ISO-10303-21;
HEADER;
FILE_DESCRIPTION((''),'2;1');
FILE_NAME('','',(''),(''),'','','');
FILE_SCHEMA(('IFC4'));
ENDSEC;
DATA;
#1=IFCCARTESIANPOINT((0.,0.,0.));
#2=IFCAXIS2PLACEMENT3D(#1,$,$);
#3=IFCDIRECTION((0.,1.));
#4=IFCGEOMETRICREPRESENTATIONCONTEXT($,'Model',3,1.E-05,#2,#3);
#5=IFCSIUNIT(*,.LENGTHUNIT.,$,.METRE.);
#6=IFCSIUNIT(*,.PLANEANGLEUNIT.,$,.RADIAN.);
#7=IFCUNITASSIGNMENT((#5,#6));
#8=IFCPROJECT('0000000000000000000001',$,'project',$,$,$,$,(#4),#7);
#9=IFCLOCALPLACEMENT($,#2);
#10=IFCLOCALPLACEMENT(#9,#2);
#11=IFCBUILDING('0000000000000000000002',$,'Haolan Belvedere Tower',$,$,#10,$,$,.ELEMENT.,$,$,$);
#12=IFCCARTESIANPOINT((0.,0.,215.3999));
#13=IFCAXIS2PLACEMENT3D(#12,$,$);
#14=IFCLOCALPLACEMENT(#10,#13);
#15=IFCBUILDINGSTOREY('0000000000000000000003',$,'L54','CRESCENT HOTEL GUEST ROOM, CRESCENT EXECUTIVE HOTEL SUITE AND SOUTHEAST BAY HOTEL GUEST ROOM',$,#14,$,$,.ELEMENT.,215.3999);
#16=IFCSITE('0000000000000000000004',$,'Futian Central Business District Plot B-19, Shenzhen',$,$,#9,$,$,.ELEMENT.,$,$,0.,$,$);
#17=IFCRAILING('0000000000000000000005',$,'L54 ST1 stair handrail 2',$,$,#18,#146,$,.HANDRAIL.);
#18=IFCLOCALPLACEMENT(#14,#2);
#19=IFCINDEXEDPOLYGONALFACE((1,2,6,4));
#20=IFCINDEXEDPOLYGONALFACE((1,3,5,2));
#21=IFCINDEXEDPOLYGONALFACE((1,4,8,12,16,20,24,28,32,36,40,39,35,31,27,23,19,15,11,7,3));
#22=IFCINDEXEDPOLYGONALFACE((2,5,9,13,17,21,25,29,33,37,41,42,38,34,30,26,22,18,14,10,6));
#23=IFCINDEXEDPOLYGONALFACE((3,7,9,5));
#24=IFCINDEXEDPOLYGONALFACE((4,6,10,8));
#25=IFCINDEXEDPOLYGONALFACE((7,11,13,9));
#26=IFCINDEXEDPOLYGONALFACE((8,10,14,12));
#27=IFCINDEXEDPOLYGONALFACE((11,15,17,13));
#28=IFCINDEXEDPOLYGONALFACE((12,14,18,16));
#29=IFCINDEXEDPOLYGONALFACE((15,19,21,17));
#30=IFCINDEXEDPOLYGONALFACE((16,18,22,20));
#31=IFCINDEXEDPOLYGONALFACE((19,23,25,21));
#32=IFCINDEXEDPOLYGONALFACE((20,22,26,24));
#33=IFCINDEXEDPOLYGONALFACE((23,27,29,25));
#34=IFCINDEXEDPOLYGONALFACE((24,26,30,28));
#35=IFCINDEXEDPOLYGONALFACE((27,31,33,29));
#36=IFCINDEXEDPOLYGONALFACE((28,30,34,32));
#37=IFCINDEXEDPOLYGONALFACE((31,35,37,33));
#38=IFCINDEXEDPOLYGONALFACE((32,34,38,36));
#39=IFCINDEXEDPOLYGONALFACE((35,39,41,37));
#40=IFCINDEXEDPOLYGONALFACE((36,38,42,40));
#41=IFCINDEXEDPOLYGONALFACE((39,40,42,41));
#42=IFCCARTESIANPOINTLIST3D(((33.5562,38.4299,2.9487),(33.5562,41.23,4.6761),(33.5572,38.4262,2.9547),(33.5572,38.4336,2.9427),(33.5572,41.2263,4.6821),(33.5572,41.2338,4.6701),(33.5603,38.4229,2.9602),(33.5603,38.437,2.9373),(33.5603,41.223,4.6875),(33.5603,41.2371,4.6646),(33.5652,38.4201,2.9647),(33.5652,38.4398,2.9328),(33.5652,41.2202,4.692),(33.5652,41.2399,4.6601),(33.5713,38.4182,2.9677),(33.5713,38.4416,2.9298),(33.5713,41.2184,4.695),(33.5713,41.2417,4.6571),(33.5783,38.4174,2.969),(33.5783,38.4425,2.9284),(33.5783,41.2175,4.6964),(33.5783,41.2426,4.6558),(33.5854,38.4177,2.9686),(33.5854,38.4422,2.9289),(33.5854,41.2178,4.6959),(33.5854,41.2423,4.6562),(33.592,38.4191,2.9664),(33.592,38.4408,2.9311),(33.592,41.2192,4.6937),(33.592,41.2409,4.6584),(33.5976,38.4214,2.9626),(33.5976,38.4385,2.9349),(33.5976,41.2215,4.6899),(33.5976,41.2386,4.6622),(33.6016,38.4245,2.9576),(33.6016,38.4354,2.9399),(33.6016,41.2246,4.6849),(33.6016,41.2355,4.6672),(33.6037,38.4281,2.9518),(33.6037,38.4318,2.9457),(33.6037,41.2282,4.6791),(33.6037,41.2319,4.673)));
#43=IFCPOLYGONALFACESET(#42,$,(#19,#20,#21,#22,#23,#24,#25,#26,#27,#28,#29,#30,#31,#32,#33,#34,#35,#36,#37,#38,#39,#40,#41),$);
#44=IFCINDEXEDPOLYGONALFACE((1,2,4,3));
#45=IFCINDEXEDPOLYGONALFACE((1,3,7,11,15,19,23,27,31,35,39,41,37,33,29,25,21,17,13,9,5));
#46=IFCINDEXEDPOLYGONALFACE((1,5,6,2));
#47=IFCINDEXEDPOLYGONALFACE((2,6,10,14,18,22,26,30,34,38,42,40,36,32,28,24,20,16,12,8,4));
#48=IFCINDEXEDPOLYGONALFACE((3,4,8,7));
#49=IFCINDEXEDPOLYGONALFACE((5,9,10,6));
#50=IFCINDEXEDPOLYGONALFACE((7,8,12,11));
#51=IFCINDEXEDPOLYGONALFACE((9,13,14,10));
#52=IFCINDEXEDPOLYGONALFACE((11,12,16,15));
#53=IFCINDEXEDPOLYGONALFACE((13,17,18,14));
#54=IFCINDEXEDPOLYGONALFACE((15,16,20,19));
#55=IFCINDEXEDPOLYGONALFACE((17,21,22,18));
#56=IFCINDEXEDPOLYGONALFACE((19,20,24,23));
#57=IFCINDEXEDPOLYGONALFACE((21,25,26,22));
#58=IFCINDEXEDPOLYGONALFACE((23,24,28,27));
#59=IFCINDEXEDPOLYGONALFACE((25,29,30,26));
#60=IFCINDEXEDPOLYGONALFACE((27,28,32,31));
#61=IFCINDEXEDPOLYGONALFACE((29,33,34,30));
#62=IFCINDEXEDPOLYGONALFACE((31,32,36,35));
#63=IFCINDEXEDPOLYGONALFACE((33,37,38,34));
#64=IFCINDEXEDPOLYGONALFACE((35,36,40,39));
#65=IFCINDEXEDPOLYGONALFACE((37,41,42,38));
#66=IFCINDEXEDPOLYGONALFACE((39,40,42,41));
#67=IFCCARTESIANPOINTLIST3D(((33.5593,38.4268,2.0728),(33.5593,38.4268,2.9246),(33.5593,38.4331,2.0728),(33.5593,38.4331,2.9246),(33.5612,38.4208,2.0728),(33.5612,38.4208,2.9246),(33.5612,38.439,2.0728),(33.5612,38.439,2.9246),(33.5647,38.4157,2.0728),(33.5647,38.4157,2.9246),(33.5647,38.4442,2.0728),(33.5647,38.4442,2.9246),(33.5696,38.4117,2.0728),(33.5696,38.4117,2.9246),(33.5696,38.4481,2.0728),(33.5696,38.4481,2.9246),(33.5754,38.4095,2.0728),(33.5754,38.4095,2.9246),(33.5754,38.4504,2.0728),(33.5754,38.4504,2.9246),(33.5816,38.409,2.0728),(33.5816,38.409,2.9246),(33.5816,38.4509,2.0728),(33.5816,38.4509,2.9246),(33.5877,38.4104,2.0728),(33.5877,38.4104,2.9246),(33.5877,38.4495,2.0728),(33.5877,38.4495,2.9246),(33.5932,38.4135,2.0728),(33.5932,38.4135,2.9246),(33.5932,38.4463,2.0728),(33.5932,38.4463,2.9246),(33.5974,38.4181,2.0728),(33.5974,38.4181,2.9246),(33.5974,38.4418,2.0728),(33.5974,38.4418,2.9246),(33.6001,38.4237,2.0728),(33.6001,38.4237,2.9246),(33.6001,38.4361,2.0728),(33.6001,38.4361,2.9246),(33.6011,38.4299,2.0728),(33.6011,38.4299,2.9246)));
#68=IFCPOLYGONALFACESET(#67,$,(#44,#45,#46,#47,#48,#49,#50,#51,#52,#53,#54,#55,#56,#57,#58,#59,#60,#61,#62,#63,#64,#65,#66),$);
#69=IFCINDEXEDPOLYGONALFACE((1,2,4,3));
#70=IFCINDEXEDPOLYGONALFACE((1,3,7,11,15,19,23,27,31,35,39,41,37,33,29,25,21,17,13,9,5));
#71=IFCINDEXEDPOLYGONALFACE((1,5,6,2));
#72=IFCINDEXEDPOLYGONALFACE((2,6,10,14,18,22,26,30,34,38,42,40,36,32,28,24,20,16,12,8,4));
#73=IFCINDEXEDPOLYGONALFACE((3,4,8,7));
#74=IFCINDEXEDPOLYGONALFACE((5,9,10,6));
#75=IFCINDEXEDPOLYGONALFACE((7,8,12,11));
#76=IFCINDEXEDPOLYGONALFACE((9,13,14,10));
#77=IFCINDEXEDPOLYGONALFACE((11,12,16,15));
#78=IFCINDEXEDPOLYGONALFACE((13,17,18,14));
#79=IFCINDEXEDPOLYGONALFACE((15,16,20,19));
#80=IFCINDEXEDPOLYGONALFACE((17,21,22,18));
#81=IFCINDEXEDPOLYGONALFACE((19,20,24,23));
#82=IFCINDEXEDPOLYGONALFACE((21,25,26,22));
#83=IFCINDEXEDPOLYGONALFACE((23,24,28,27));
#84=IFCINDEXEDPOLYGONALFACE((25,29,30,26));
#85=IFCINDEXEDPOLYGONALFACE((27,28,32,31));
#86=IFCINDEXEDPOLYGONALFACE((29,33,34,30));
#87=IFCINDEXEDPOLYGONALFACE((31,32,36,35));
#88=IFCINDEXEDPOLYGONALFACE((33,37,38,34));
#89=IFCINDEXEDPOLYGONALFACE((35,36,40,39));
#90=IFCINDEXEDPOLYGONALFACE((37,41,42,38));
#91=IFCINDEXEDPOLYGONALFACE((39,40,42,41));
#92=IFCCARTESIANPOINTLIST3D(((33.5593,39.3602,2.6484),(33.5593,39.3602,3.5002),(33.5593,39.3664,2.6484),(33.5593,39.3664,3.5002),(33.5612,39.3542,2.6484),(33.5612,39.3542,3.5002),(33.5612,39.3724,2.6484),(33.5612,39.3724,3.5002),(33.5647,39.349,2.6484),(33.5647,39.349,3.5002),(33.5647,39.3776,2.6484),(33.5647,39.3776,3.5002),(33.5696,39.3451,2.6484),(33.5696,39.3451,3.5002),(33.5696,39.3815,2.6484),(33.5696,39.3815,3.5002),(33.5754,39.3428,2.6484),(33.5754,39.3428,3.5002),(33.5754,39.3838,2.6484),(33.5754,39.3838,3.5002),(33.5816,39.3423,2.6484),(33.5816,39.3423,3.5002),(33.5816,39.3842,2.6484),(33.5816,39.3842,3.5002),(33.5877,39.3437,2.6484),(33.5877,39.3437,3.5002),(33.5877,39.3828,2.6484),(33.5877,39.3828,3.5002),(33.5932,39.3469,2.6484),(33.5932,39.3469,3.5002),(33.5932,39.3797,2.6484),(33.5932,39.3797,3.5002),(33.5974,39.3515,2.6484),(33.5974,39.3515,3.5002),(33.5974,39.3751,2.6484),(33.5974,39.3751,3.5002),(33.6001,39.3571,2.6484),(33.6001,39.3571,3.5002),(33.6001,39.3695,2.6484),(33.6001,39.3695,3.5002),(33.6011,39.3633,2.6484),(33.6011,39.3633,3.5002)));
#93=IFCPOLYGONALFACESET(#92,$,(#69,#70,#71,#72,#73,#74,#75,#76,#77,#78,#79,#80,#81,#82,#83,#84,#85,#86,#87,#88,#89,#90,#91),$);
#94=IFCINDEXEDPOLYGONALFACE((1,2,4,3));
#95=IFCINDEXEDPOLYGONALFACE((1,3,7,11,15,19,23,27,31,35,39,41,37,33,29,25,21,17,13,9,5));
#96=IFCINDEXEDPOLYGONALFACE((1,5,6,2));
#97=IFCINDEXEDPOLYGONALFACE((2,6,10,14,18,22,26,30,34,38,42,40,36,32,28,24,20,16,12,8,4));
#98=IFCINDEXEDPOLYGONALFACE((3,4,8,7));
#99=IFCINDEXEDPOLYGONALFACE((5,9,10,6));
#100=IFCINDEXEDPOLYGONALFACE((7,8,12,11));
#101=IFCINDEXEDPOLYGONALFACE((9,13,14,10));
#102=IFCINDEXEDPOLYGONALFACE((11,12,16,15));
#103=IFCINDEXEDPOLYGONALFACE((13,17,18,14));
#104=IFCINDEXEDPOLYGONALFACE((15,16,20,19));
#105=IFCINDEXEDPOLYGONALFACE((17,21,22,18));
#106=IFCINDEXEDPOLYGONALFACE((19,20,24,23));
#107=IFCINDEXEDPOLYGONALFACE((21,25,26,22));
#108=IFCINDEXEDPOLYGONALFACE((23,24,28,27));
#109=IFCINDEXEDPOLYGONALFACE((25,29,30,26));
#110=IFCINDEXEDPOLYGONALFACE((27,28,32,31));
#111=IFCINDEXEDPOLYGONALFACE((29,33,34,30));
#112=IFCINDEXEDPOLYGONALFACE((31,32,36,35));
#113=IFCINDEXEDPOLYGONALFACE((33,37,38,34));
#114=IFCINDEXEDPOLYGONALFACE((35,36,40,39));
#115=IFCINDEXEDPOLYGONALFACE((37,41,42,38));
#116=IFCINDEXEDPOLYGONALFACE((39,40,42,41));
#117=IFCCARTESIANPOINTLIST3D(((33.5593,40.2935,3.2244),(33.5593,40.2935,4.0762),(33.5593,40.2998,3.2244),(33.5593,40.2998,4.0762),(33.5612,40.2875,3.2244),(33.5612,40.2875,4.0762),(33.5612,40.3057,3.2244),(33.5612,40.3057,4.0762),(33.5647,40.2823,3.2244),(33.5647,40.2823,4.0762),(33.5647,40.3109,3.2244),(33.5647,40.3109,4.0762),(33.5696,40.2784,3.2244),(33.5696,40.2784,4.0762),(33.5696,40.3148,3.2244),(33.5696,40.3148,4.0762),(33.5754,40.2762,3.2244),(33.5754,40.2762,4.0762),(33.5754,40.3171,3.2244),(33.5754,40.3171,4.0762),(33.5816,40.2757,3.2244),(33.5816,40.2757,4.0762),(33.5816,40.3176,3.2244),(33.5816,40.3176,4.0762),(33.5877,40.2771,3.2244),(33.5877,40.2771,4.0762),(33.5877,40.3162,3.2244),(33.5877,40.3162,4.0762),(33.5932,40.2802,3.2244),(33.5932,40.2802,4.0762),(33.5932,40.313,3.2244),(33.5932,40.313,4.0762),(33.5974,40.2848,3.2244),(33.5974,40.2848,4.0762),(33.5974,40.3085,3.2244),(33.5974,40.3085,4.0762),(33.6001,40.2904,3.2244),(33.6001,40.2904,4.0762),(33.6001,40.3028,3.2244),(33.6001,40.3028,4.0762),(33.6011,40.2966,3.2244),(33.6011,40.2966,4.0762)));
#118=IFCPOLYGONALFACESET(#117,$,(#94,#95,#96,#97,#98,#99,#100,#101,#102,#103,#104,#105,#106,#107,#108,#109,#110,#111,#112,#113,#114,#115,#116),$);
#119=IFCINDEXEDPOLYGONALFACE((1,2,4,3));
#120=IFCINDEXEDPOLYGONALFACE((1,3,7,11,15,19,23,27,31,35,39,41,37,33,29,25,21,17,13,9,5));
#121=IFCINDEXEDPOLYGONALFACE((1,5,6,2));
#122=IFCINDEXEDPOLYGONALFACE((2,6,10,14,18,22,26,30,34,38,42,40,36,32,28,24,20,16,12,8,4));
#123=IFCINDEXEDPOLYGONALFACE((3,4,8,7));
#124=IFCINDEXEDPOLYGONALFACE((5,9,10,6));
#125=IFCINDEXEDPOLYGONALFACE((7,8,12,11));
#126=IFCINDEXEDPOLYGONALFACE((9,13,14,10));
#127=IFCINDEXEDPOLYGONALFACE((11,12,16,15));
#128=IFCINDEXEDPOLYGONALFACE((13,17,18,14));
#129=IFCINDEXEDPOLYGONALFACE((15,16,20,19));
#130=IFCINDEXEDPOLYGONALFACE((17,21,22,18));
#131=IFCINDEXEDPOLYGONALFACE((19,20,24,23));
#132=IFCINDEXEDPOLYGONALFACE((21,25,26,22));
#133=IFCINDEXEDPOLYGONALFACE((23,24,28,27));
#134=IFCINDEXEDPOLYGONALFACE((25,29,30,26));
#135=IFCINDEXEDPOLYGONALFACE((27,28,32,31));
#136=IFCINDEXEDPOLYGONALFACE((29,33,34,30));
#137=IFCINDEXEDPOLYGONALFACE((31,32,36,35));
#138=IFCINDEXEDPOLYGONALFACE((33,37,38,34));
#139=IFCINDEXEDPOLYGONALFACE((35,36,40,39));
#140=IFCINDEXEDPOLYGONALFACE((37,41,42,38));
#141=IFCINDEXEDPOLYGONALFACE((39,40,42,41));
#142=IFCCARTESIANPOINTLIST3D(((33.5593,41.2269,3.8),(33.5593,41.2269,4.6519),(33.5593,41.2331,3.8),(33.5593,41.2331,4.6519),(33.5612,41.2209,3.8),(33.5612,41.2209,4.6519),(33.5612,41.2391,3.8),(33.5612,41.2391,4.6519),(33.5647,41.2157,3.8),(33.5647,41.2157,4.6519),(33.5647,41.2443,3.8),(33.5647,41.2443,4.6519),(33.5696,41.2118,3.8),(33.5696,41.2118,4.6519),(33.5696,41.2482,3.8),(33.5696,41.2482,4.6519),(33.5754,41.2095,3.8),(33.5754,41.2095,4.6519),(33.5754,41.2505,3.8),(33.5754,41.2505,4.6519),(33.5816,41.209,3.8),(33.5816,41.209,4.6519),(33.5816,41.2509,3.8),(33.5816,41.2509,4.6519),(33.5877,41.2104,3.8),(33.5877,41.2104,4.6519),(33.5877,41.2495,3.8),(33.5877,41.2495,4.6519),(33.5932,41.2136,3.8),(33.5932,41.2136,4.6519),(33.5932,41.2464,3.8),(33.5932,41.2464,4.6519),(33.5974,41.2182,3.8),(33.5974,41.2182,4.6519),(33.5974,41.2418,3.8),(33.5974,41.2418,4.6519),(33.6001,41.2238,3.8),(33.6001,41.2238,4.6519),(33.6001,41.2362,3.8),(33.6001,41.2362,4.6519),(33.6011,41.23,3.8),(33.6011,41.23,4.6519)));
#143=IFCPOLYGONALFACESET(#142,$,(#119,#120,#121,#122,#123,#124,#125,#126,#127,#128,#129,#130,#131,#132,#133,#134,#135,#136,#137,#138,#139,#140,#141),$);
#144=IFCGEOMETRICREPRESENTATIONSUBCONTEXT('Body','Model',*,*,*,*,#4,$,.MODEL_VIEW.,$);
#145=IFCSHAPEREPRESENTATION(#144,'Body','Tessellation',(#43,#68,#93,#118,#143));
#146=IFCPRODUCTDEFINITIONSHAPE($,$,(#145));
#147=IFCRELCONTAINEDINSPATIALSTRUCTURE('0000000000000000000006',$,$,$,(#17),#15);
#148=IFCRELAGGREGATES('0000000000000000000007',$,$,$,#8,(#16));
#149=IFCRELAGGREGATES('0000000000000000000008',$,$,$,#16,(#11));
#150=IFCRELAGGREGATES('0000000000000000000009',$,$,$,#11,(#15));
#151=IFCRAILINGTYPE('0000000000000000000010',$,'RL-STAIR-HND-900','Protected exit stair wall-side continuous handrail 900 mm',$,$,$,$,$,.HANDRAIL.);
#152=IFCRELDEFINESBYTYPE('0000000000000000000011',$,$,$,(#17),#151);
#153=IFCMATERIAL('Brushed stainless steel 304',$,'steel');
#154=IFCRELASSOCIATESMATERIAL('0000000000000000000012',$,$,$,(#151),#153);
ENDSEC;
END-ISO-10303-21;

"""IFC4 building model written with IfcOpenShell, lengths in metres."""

from ifc_helpers import new_model, si_unit, direction, frame, origin, origin_2d, place, context, subcontext, project, spatial, circle, extrude, material, type_object, element, save


model = new_model("IFC4")

# Units and contexts
model_context = context("Model", 3, precision=1e-05, world=origin(), true_north=direction((0.0, 1.0)))
body_context = subcontext(model_context, "Body", "Model", "MODEL_VIEW")
ifc_project = project(units=[si_unit("LENGTHUNIT", "METRE"), si_unit("PLANEANGLEUNIT", "RADIAN")], contexts=[model_context])

# Site, building, storey
site_placement = place(None, origin())
site = spatial("IfcSite", under=ifc_project, at=site_placement, Name="Futian Central Business District Plot B-19, Shenzhen", CompositionType="ELEMENT", RefElevation=0.0)
building_placement = place(site_placement, origin())
building = spatial("IfcBuilding", under=site, at=building_placement, Name="Haolan Belvedere Tower", CompositionType="ELEMENT")
storey_placement = place(building_placement, frame((0.0, 0.0, 215.3999)))
storey = spatial("IfcBuildingStorey", under=building, at=storey_placement, Name="L54", Description="CRESCENT HOTEL GUEST ROOM, CRESCENT EXECUTIVE HOTEL SUITE AND SOUTHEAST BAY HOTEL GUEST ROOM", CompositionType="ELEMENT", Elevation=215.3999)

# Railing
ifc_material_1 = material(Name="Brushed stainless steel 304", Category="steel")
railing_type_1 = type_object("IfcRailingType", Name="RL-STAIR-HND-900", Description="Protected exit stair wall-side continuous handrail 900 mm", PredefinedType="HANDRAIL", material=ifc_material_1)
railing_1_placement = place(storey_placement, frame((33.5801, 38.4299, 2.0728)))
element("IfcRailing", 1, at=railing_1_placement, inside=storey, type_object=railing_type_1, Name="L54 ST1 stair handrail 2", PredefinedType="HANDRAIL", context=body_context, shape_type="SweptSolid", body=[
    extrude(circle(Radius=0.0239, at=origin_2d()), frame((0.0, 0.0, 0.876), z_axis=(0.0, 0.85109, 0.52502), x_axis=(-1.0, 0.0, 0.0)), (0.0, 0.0, 1.0), 3.29),
    extrude(circle(Radius=0.021, at=origin_2d()), origin(), (0.0, 0.0, 1.0), 0.8518),
    extrude(circle(Radius=0.021, at=origin_2d()), frame((0.0, 0.9333, 0.5757)), (0.0, 0.0, 1.0), 0.8518),
    extrude(circle(Radius=0.021, at=origin_2d()), frame((0.0, 1.8667, 1.1516)), (0.0, 0.0, 1.0), 0.8518),
    extrude(circle(Radius=0.021, at=origin_2d()), frame((0.0, 2.8, 1.7273)), (0.0, 0.0, 1.0), 0.8518),
])

save(model, "model.ifc")
